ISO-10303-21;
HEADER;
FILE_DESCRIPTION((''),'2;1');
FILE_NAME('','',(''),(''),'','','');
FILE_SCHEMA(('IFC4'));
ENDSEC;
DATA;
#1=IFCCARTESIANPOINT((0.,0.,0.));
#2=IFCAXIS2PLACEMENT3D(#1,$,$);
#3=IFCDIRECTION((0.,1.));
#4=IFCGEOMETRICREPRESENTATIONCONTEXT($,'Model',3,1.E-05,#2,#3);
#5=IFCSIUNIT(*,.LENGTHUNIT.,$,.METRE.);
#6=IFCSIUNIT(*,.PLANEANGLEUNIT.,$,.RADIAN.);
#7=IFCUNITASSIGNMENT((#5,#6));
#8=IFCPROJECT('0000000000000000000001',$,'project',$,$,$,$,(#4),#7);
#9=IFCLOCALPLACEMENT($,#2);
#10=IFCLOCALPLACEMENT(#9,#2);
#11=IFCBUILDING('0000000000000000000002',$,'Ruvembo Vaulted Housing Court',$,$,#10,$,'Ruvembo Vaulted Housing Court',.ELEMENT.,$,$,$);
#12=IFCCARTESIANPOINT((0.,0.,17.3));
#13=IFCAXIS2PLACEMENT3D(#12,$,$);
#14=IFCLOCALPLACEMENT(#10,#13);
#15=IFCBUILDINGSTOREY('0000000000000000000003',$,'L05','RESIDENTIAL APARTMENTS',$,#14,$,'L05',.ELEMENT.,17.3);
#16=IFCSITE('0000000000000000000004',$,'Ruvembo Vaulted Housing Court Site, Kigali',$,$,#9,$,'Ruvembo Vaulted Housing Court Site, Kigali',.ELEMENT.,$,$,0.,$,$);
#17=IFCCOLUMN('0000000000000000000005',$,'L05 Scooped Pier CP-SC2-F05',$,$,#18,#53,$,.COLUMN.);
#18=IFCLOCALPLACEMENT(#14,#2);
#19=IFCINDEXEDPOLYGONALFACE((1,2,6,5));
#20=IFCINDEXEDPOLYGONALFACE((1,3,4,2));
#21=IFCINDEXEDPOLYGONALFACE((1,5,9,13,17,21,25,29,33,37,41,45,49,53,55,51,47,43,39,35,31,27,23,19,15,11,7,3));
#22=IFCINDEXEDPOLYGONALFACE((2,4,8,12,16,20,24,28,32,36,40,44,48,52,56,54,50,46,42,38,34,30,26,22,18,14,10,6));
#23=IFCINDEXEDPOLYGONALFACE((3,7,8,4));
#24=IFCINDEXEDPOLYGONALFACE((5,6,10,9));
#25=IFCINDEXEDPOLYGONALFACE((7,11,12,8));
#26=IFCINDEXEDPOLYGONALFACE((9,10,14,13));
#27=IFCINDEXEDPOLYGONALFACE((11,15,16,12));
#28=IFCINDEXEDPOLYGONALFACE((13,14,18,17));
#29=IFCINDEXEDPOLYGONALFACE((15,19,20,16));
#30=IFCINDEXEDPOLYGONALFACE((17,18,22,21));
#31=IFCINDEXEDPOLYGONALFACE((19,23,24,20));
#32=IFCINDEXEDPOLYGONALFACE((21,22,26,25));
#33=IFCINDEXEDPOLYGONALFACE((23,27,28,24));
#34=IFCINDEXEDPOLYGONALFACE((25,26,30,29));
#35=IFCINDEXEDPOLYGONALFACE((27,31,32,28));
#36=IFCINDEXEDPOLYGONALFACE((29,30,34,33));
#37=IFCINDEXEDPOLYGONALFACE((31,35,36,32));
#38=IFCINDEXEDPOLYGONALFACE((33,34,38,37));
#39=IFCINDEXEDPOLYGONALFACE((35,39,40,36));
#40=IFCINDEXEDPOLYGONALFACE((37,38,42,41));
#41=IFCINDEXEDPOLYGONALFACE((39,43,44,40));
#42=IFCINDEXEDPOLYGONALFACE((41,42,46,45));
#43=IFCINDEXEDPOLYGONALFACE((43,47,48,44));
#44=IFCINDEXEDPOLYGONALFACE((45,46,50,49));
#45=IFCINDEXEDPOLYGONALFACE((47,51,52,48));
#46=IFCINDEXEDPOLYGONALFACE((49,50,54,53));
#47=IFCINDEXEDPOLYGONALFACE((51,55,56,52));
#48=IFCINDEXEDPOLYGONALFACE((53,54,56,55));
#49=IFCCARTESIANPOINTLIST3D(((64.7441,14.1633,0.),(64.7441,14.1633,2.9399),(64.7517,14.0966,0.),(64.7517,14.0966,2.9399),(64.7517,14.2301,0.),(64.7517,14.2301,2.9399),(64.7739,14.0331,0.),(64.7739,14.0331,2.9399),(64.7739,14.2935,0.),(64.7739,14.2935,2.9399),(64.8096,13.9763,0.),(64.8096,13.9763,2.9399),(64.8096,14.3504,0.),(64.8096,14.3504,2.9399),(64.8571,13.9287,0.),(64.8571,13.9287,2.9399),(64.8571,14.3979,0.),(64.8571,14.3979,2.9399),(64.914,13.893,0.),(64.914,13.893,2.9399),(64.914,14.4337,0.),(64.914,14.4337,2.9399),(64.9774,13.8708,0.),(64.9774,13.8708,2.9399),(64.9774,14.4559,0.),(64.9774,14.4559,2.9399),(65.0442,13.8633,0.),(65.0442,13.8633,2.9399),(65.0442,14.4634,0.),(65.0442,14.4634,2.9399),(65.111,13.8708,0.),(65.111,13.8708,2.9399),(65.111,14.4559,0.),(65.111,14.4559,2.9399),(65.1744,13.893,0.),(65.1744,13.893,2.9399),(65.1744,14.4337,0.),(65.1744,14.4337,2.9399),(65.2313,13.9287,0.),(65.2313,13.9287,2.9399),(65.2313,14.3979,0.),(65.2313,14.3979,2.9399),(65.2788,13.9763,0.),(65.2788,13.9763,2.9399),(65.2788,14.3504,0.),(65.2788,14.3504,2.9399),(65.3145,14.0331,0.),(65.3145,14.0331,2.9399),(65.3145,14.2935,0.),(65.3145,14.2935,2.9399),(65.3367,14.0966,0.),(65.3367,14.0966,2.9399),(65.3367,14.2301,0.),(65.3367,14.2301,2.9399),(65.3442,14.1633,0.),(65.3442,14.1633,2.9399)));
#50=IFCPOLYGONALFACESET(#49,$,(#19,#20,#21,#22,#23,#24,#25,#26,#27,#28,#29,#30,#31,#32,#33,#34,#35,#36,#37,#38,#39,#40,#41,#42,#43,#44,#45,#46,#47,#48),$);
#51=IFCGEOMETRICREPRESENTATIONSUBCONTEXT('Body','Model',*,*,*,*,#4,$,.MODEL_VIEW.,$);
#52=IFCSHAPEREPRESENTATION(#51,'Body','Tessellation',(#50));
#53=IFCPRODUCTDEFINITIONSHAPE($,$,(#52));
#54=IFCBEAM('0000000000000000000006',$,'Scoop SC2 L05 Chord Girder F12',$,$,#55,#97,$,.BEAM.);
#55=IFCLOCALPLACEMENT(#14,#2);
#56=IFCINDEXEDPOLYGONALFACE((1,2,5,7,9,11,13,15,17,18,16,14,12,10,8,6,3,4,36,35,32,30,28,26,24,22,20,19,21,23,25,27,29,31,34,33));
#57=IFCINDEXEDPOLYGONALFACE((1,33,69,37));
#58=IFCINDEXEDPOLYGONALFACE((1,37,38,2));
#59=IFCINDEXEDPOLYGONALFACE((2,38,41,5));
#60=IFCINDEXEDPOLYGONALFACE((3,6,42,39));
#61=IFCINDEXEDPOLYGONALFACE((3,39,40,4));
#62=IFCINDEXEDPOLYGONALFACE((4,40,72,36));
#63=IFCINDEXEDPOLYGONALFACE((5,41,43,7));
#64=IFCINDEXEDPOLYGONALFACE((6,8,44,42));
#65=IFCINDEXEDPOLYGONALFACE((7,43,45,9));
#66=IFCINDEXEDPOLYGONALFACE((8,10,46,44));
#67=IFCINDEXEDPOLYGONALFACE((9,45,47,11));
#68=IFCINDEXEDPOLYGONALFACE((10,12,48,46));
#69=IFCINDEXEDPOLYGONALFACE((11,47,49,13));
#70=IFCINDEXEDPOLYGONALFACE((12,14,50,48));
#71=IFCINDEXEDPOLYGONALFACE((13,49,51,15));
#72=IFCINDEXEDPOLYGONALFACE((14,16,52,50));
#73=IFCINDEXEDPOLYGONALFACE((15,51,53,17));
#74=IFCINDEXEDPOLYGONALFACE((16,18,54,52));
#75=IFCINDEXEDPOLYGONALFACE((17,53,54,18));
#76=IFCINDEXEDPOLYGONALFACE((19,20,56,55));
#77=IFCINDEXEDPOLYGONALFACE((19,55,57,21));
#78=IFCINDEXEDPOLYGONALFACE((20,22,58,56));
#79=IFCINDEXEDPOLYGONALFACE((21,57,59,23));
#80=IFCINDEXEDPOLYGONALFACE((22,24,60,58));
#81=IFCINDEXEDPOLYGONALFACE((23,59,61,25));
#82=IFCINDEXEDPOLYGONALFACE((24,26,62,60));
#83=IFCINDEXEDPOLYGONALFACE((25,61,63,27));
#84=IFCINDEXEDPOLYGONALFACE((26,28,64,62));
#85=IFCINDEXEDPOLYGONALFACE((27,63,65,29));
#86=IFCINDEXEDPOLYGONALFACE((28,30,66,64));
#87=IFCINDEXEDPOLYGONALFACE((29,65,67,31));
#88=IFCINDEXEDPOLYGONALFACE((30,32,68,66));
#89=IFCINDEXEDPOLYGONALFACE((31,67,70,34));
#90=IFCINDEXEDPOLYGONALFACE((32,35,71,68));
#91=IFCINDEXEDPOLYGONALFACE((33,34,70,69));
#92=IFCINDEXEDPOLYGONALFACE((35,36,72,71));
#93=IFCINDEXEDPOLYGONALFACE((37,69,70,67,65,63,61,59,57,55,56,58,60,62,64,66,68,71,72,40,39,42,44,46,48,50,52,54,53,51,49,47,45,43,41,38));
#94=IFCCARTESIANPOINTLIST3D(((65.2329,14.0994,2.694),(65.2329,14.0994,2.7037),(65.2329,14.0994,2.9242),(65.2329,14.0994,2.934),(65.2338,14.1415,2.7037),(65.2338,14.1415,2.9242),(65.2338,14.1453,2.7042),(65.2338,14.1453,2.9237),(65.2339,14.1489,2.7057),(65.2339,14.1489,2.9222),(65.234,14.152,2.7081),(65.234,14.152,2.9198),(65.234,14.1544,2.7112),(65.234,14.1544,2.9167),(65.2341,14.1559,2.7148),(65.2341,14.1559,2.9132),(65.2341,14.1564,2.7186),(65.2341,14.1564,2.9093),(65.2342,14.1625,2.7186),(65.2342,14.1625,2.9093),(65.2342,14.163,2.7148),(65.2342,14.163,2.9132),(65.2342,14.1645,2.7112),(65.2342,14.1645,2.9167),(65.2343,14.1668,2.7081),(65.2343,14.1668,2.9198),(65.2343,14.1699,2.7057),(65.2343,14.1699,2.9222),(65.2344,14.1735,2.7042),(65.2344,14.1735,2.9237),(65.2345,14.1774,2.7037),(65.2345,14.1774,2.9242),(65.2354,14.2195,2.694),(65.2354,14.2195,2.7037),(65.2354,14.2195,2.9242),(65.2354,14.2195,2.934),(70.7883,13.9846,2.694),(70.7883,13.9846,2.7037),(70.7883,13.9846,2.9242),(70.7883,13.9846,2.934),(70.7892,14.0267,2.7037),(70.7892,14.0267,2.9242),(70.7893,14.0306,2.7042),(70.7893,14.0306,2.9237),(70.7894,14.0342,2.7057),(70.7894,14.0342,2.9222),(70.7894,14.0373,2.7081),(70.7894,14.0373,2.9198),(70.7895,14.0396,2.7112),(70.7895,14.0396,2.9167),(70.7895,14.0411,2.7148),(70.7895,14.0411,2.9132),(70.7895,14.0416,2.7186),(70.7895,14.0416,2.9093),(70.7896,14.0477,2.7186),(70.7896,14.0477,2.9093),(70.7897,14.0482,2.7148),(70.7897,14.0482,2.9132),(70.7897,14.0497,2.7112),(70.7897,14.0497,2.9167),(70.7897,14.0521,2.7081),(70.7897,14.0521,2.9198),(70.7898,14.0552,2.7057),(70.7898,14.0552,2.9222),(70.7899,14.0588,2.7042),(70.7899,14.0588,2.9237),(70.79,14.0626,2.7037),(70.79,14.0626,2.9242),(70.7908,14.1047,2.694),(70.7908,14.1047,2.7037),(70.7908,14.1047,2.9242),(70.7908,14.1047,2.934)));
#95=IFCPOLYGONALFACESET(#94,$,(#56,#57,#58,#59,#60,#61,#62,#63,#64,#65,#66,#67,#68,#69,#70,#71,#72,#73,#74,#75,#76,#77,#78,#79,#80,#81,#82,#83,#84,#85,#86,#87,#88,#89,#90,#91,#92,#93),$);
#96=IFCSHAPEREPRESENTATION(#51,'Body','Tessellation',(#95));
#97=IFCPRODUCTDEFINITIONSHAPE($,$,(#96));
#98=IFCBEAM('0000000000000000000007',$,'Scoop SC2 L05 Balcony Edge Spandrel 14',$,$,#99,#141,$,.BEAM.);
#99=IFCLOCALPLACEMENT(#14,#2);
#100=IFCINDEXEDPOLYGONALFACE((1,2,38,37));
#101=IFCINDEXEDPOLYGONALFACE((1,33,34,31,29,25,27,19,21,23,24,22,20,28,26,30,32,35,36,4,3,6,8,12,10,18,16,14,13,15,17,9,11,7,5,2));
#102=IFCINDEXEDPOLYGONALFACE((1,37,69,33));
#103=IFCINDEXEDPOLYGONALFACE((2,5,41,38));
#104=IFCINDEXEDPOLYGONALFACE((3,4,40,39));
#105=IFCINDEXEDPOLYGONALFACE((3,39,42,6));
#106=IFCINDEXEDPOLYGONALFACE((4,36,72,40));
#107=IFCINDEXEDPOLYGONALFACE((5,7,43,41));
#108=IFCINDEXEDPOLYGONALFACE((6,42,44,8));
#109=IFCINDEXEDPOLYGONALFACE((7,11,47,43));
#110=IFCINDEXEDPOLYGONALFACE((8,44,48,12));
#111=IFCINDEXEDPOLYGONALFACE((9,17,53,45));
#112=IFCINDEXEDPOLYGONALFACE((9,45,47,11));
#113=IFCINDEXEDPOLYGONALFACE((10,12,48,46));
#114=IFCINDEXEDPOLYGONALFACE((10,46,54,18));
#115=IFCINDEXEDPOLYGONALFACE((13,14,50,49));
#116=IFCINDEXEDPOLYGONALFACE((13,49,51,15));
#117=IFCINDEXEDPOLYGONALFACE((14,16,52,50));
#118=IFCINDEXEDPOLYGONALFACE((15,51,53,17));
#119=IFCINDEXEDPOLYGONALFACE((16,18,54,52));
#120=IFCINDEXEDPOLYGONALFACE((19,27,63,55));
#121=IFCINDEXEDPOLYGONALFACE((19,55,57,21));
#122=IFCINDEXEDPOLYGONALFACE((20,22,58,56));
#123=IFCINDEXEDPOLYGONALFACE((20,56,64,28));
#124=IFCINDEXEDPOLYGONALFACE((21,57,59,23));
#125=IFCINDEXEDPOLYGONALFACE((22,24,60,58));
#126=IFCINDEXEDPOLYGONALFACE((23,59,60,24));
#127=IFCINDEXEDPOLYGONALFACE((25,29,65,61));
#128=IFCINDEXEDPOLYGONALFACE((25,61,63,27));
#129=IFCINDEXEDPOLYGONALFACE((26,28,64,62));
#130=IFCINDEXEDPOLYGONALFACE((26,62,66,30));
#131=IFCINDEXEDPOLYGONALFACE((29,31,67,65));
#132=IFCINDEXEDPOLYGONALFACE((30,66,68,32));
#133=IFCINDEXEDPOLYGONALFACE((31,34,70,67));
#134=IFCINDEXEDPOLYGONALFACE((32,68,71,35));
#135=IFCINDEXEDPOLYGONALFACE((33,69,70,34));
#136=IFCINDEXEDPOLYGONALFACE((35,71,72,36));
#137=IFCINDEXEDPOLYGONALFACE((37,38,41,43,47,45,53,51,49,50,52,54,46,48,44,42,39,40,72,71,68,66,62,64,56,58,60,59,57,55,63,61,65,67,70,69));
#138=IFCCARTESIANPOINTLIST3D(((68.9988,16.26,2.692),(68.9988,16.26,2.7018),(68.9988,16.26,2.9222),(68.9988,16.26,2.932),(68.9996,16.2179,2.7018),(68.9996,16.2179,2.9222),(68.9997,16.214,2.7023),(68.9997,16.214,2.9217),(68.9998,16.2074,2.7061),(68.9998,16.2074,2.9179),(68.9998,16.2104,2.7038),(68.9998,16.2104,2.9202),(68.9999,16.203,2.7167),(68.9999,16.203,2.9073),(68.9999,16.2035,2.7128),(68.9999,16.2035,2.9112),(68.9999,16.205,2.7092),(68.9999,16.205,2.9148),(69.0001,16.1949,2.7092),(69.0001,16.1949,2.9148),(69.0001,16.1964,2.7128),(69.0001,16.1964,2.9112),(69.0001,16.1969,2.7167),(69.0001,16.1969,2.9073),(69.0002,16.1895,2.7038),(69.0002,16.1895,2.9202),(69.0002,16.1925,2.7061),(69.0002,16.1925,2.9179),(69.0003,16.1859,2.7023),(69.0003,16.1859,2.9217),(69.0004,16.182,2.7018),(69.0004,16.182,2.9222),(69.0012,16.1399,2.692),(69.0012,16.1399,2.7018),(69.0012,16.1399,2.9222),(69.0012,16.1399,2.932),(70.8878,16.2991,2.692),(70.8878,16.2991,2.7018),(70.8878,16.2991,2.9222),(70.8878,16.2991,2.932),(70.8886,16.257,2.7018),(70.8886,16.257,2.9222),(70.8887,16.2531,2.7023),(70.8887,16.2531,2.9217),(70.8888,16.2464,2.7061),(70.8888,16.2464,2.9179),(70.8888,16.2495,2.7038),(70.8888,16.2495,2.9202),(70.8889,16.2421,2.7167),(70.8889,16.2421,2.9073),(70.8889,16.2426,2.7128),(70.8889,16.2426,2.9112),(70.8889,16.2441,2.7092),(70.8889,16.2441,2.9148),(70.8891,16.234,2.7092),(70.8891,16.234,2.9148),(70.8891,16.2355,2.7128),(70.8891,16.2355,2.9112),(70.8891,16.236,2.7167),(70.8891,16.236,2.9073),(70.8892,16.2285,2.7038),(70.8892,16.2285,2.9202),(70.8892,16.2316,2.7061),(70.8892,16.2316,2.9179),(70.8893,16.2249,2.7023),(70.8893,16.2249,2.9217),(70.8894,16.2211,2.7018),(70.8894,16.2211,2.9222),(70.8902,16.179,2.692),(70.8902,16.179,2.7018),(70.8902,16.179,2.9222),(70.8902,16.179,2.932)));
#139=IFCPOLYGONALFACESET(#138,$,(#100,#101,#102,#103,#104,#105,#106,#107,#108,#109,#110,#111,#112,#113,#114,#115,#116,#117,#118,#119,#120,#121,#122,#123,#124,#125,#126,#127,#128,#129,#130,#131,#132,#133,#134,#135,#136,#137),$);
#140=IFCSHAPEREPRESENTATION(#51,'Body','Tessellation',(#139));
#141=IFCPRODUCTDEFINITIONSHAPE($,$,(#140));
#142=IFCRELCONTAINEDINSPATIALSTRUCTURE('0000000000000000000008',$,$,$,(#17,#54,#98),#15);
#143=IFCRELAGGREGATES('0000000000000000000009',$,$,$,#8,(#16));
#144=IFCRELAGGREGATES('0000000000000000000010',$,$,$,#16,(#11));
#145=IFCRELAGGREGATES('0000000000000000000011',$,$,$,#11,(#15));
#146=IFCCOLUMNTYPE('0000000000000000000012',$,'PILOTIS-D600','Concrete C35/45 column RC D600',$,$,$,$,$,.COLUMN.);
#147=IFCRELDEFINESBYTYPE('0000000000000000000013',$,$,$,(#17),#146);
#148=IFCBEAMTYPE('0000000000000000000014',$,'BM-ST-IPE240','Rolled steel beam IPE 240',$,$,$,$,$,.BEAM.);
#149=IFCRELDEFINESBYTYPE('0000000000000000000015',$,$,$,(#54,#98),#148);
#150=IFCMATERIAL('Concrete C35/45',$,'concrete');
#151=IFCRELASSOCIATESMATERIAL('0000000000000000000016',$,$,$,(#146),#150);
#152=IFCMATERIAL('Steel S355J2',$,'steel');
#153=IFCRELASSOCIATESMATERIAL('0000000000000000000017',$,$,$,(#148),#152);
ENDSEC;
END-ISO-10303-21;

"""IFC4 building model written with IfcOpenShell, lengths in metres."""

from ifc_helpers import new_model, si_unit, direction, frame, origin, origin_2d, place, context, subcontext, project, spatial, circle, i_section, extrude, material, material_profile, profile_set, type_object, element, save


model = new_model("IFC4")

# Units and contexts
model_context = context("Model", 3, precision=1e-05, world=origin(), true_north=direction((0.0, 1.0)))
body_context = subcontext(model_context, "Body", "Model", "MODEL_VIEW")
ifc_project = project(units=[si_unit("LENGTHUNIT", "METRE"), si_unit("PLANEANGLEUNIT", "RADIAN")], contexts=[model_context])

# Site, building, storey
site_placement = place(None, origin())
site = spatial("IfcSite", under=ifc_project, at=site_placement, Name="Ruvembo Vaulted Housing Court Site, Kigali", LongName="Ruvembo Vaulted Housing Court Site, Kigali", CompositionType="ELEMENT", RefElevation=0.0)
building_placement = place(site_placement, origin())
building = spatial("IfcBuilding", under=site, at=building_placement, Name="Ruvembo Vaulted Housing Court", LongName="Ruvembo Vaulted Housing Court", CompositionType="ELEMENT")
storey_placement = place(building_placement, frame((0.0, 0.0, 17.3)))
storey = spatial("IfcBuildingStorey", under=building, at=storey_placement, Name="L05", Description="RESIDENTIAL APARTMENTS", LongName="L05", CompositionType="ELEMENT", Elevation=17.3)

# Column
ifc_material_1 = material(Name="Concrete C35/45", Category="concrete")
ifc_material_profile_1 = material_profile(ifc_material_1, circle(Radius=0.3, at=origin_2d()), Name="RC D600")
ifc_profile_set_1 = profile_set([ifc_material_profile_1], Name="Concrete C35/45")
column_type = type_object("IfcColumnType", Name="PILOTIS-D600", Description="Concrete C35/45 column RC D600", PredefinedType="COLUMN", material=ifc_profile_set_1)
column_placement = place(storey_placement, frame((65.0442, 14.1633, 0.0), z_axis=(0.0, 0.0, 1.0), x_axis=(1.0, 0.0, 0.0)))
element("IfcColumn", 1, at=column_placement, inside=storey, type_object=column_type, Name="L05 Scooped Pier CP-SC2-F05", PredefinedType="COLUMN", context=body_context, shape_type="SweptSolid", body=[
    extrude(circle(Radius=0.3, at=origin_2d()), origin(), (0.0, 0.0, 1.0), 2.9399),
])

# Beams
ifc_material_2 = material(Name="Steel S355J2", Category="steel")
ifc_material_profile_2 = material_profile(ifc_material_2, i_section(OverallWidth=0.1201, OverallDepth=0.24, WebThickness=0.0061, FlangeThickness=0.0098, FilletRadius=0.0149, at=origin_2d()), Name="IPE 240")
ifc_profile_set_2 = profile_set([ifc_material_profile_2], Name="Steel S355J2")
beam_type = type_object("IfcBeamType", Name="BM-ST-IPE240", Description="Rolled steel beam IPE 240", PredefinedType="BEAM", material=ifc_profile_set_2)
beam_1_placement = place(storey_placement, frame((65.2341, 14.1594, 2.814), z_axis=(0.999787, -0.02065, 0.0), x_axis=(0.02065, 0.999787, 0.0)))
element("IfcBeam", 2, at=beam_1_placement, inside=storey, type_object=beam_type, Name="Scoop SC2 L05 Chord Girder F12", PredefinedType="BEAM", context=body_context, shape_type="SweptSolid", body=[
    extrude(i_section(OverallWidth=0.1201, OverallDepth=0.24, WebThickness=0.0061, FlangeThickness=0.0098, FilletRadius=0.0149, at=origin_2d()), origin(), (0.0, 0.0, 1.0), 5.5566),
])
beam_2_placement = place(storey_placement, frame((69.0, 16.2, 2.812), z_axis=(0.999786, 0.020675, 0.0), x_axis=(-0.020675, 0.999786, 0.0)))
element("IfcBeam", 3, at=beam_2_placement, inside=storey, type_object=beam_type, Name="Scoop SC2 L05 Balcony Edge Spandrel 14", PredefinedType="BEAM", context=body_context, shape_type="SweptSolid", body=[
    extrude(i_section(OverallWidth=0.1201, OverallDepth=0.24, WebThickness=0.0061, FlangeThickness=0.0098, FilletRadius=0.0149, at=origin_2d()), origin(), (0.0, 0.0, 1.0), 1.8894),
])

save(model, "model.ifc")
